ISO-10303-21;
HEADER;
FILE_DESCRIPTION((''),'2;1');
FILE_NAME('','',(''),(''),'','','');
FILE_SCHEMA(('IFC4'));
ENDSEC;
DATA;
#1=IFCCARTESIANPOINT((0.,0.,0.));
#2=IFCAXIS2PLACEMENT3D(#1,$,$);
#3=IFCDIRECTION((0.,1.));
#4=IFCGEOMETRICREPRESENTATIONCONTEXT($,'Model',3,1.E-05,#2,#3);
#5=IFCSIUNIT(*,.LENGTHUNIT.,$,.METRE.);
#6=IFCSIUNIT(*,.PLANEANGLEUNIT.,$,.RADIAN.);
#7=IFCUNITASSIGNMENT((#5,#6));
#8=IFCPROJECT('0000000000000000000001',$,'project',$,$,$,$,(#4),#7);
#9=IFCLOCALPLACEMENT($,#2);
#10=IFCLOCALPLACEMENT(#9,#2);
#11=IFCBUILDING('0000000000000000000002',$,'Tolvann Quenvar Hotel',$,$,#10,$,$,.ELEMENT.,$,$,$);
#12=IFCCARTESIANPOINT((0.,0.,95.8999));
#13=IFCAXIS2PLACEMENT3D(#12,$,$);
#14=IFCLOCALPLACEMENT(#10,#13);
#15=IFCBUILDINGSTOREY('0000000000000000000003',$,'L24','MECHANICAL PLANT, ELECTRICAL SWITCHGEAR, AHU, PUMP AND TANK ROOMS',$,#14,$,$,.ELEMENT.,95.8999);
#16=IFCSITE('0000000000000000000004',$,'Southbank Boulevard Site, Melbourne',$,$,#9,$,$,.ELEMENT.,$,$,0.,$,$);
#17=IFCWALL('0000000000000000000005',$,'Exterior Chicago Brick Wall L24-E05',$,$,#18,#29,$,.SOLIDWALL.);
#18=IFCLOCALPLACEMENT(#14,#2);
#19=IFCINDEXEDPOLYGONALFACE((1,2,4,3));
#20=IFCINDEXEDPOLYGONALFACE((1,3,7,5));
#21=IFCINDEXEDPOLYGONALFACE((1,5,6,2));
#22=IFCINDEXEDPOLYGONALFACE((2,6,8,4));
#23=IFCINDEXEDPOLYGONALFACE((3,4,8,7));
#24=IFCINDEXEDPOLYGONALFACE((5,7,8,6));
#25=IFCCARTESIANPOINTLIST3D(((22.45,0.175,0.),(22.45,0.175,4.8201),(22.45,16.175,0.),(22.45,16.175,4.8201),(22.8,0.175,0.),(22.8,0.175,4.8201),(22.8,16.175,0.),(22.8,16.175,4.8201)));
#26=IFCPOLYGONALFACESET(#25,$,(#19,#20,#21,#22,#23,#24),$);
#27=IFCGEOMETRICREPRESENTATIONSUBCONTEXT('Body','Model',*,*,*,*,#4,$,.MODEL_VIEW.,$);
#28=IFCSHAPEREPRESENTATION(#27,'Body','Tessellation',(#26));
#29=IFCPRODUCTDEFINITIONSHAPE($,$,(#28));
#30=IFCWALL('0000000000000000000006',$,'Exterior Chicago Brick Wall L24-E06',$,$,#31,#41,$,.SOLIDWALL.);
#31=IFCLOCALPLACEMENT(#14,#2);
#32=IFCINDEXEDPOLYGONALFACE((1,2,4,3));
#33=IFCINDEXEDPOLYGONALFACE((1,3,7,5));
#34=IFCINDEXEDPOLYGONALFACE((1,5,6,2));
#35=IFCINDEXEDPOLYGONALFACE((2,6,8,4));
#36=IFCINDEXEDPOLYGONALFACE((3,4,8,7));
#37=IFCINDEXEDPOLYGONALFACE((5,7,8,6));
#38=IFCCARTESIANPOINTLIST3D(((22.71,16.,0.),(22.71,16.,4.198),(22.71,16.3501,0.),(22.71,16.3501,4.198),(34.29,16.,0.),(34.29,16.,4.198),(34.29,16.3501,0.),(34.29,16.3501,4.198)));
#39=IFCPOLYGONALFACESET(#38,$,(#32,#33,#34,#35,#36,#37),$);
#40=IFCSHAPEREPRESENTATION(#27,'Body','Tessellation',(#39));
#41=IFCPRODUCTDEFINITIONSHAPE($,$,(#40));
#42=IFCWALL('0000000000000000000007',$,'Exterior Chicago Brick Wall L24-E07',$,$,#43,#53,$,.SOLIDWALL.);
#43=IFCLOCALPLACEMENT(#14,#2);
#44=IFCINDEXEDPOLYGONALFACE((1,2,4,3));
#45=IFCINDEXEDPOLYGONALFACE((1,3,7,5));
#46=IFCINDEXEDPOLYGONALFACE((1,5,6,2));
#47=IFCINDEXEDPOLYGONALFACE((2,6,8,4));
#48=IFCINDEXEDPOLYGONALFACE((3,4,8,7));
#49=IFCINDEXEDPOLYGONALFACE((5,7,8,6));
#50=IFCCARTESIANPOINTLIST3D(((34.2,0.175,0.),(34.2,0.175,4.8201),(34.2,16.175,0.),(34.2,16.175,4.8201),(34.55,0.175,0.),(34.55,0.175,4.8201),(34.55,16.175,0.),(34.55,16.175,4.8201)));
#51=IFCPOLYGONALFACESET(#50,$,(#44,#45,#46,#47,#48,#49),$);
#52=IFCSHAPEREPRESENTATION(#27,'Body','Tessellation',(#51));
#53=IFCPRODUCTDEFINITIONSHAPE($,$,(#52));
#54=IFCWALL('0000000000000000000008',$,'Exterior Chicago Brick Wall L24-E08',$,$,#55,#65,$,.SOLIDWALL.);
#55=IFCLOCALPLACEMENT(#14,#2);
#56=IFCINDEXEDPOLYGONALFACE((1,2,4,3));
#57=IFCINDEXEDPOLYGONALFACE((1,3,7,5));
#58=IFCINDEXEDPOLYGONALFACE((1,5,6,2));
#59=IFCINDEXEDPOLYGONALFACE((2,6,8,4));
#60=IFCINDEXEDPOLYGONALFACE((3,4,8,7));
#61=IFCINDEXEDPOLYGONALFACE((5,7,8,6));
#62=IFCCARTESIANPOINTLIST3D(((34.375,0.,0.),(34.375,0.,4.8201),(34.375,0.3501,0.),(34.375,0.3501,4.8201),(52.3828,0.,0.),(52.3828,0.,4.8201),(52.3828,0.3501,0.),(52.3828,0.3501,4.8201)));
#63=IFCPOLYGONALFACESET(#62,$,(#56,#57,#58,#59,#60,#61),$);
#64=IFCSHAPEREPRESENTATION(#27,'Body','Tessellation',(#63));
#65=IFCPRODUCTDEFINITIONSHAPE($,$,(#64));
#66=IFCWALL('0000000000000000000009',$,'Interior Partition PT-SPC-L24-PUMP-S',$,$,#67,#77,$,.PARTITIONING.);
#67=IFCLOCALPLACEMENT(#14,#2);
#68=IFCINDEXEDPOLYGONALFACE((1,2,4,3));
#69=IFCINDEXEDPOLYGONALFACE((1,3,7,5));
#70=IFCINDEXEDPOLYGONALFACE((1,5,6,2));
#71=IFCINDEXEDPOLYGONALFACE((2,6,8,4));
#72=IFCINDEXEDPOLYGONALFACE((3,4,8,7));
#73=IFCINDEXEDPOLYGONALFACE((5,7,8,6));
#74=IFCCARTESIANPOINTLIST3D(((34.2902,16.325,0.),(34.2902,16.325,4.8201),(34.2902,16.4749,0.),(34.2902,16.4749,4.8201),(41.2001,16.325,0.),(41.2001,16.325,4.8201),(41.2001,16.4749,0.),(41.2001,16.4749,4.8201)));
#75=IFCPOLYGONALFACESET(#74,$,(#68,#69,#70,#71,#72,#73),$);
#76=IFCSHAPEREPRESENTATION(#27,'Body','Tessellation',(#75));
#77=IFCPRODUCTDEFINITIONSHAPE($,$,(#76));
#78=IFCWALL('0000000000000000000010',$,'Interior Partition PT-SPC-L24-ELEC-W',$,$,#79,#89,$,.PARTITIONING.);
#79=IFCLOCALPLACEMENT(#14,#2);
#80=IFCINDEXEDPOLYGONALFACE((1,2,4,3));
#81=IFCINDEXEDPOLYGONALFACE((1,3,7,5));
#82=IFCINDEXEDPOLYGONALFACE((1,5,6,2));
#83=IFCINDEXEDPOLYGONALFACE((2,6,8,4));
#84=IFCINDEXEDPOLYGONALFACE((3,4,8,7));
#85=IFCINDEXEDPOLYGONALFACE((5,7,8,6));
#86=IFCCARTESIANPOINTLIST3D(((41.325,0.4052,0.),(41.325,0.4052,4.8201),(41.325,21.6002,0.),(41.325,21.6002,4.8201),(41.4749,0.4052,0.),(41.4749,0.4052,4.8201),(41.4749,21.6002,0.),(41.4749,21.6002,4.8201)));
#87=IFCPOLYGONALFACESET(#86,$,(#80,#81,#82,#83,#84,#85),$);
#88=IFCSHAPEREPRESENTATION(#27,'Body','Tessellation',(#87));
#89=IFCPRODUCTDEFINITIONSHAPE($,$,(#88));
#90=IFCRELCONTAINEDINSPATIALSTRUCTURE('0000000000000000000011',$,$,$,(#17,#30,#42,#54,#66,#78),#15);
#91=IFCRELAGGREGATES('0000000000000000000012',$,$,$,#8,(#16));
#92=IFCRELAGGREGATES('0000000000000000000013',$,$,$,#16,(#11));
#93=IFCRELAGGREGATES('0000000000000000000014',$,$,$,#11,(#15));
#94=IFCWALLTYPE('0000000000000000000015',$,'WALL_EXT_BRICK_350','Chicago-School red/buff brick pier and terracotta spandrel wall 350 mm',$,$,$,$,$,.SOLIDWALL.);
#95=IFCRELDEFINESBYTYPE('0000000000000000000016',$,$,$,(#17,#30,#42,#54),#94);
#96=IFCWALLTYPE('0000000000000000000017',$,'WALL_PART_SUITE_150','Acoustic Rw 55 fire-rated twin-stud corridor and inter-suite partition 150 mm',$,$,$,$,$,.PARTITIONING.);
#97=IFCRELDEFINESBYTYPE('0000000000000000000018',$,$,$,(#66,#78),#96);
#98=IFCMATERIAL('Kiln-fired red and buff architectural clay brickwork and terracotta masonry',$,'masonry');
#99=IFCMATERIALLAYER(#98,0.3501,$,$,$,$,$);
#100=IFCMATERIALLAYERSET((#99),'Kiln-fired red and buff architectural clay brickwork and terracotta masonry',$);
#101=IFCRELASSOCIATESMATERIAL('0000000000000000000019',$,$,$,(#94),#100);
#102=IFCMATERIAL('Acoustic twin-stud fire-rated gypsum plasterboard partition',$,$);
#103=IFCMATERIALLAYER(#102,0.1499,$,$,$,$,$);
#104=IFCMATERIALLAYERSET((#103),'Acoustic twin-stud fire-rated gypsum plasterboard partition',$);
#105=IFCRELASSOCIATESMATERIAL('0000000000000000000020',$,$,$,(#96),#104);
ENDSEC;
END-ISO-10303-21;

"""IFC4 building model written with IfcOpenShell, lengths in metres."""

from ifc_helpers import new_model, si_unit, direction, frame, frame_2d, origin, place, context, subcontext, project, spatial, rectangle, extrude, material, layer, layer_set, type_object, element, save


model = new_model("IFC4")

# Units and contexts
model_context = context("Model", 3, precision=1e-05, world=origin(), true_north=direction((0.0, 1.0)))
body_context = subcontext(model_context, "Body", "Model", "MODEL_VIEW")
ifc_project = project(units=[si_unit("LENGTHUNIT", "METRE"), si_unit("PLANEANGLEUNIT", "RADIAN")], contexts=[model_context])

# Site, building, storey
site_placement = place(None, origin())
site = spatial("IfcSite", under=ifc_project, at=site_placement, Name="Southbank Boulevard Site, Melbourne", CompositionType="ELEMENT", RefElevation=0.0)
building_placement = place(site_placement, origin())
building = spatial("IfcBuilding", under=site, at=building_placement, Name="Tolvann Quenvar Hotel", CompositionType="ELEMENT")
storey_placement = place(building_placement, frame((0.0, 0.0, 95.8999)))
storey = spatial("IfcBuildingStorey", under=building, at=storey_placement, Name="L24", Description="MECHANICAL PLANT, ELECTRICAL SWITCHGEAR, AHU, PUMP AND TANK ROOMS", CompositionType="ELEMENT", Elevation=95.8999)

# Walls
ifc_material_1 = material(Name="Kiln-fired red and buff architectural clay brickwork and terracotta masonry", Category="masonry")
ifc_layer_1 = layer(ifc_material_1, 0.3501)
ifc_layer_set_1 = layer_set([ifc_layer_1], Name="Kiln-fired red and buff architectural clay brickwork and terracotta masonry")
wall_type_1 = type_object("IfcWallType", Name="WALL_EXT_BRICK_350", Description="Chicago-School red/buff brick pier and terracotta spandrel wall 350 mm", PredefinedType="SOLIDWALL", material=ifc_layer_set_1)
wall_1_placement = place(storey_placement, frame((22.625, 0.175, 0.0), z_axis=(0.0, 0.0, 1.0), x_axis=(0.0, 1.0, 0.0)))
element("IfcWall", 1, at=wall_1_placement, inside=storey, type_object=wall_type_1, Name="Exterior Chicago Brick Wall L24-E05", PredefinedType="SOLIDWALL", context=body_context, shape_type="SweptSolid", body=[
    extrude(rectangle(XDim=16.0, YDim=0.3501, at=frame_2d((8.0, 0.0))), origin(), (0.0, 0.0, 1.0), 4.8201),
])
wall_2_placement = place(storey_placement, frame((22.71, 16.175, 0.0), z_axis=(0.0, 0.0, 1.0), x_axis=(1.0, 0.0, 0.0)))
element("IfcWall", 2, at=wall_2_placement, inside=storey, type_object=wall_type_1, Name="Exterior Chicago Brick Wall L24-E06", PredefinedType="SOLIDWALL", context=body_context, shape_type="SweptSolid", body=[
    extrude(rectangle(XDim=11.5801, YDim=0.3501, at=frame_2d((5.79, 0.0))), origin(), (0.0, 0.0, 1.0), 4.198),
])
wall_3_placement = place(storey_placement, frame((34.375, 16.175, 0.0), z_axis=(0.0, 0.0, 1.0), x_axis=(0.0, -1.0, 0.0)))
element("IfcWall", 3, at=wall_3_placement, inside=storey, type_object=wall_type_1, Name="Exterior Chicago Brick Wall L24-E07", PredefinedType="SOLIDWALL", context=body_context, shape_type="SweptSolid", body=[
    extrude(rectangle(XDim=16.0, YDim=0.3501, at=frame_2d((8.0, 0.0))), origin(), (0.0, 0.0, 1.0), 4.8201),
])
wall_4_placement = place(storey_placement, frame((34.375, 0.175, 0.0), z_axis=(0.0, 0.0, 1.0), x_axis=(1.0, 0.0, 0.0)))
element("IfcWall", 4, at=wall_4_placement, inside=storey, type_object=wall_type_1, Name="Exterior Chicago Brick Wall L24-E08", PredefinedType="SOLIDWALL", context=body_context, shape_type="SweptSolid", body=[
    extrude(rectangle(XDim=18.0078, YDim=0.3501, at=frame_2d((9.0039, 0.0))), origin(), (0.0, 0.0, 1.0), 4.8201),
])
ifc_material_2 = material(Name="Acoustic twin-stud fire-rated gypsum plasterboard partition")
ifc_layer_2 = layer(ifc_material_2, 0.1499)
ifc_layer_set_2 = layer_set([ifc_layer_2], Name="Acoustic twin-stud fire-rated gypsum plasterboard partition")
wall_type_2 = type_object("IfcWallType", Name="WALL_PART_SUITE_150", Description="Acoustic Rw 55 fire-rated twin-stud corridor and inter-suite partition 150 mm", PredefinedType="PARTITIONING", material=ifc_layer_set_2)
wall_5_placement = place(storey_placement, frame((34.29, 16.3999, 0.0), z_axis=(0.0, 0.0, 1.0), x_axis=(1.0, 0.0, 0.0)))
element("IfcWall", 5, at=wall_5_placement, inside=storey, type_object=wall_type_2, Name="Interior Partition PT-SPC-L24-PUMP-S", PredefinedType="PARTITIONING", context=body_context, shape_type="SweptSolid", body=[
    extrude(rectangle(XDim=6.9099, YDim=0.1499, at=frame_2d((3.4551, 0.0))), origin(), (0.0, 0.0, 1.0), 4.8201),
])
wall_6_placement = place(storey_placement, frame((41.3999, 0.405, 0.0), z_axis=(0.0, 0.0, 1.0), x_axis=(0.0, 1.0, 0.0)))
element("IfcWall", 6, at=wall_6_placement, inside=storey, type_object=wall_type_2, Name="Interior Partition PT-SPC-L24-ELEC-W", PredefinedType="PARTITIONING", context=body_context, shape_type="SweptSolid", body=[
    extrude(rectangle(XDim=21.1951, YDim=0.1499, at=frame_2d((10.5977, 0.0))), origin(), (0.0, 0.0, 1.0), 4.8201),
])

save(model, "model.ifc")
